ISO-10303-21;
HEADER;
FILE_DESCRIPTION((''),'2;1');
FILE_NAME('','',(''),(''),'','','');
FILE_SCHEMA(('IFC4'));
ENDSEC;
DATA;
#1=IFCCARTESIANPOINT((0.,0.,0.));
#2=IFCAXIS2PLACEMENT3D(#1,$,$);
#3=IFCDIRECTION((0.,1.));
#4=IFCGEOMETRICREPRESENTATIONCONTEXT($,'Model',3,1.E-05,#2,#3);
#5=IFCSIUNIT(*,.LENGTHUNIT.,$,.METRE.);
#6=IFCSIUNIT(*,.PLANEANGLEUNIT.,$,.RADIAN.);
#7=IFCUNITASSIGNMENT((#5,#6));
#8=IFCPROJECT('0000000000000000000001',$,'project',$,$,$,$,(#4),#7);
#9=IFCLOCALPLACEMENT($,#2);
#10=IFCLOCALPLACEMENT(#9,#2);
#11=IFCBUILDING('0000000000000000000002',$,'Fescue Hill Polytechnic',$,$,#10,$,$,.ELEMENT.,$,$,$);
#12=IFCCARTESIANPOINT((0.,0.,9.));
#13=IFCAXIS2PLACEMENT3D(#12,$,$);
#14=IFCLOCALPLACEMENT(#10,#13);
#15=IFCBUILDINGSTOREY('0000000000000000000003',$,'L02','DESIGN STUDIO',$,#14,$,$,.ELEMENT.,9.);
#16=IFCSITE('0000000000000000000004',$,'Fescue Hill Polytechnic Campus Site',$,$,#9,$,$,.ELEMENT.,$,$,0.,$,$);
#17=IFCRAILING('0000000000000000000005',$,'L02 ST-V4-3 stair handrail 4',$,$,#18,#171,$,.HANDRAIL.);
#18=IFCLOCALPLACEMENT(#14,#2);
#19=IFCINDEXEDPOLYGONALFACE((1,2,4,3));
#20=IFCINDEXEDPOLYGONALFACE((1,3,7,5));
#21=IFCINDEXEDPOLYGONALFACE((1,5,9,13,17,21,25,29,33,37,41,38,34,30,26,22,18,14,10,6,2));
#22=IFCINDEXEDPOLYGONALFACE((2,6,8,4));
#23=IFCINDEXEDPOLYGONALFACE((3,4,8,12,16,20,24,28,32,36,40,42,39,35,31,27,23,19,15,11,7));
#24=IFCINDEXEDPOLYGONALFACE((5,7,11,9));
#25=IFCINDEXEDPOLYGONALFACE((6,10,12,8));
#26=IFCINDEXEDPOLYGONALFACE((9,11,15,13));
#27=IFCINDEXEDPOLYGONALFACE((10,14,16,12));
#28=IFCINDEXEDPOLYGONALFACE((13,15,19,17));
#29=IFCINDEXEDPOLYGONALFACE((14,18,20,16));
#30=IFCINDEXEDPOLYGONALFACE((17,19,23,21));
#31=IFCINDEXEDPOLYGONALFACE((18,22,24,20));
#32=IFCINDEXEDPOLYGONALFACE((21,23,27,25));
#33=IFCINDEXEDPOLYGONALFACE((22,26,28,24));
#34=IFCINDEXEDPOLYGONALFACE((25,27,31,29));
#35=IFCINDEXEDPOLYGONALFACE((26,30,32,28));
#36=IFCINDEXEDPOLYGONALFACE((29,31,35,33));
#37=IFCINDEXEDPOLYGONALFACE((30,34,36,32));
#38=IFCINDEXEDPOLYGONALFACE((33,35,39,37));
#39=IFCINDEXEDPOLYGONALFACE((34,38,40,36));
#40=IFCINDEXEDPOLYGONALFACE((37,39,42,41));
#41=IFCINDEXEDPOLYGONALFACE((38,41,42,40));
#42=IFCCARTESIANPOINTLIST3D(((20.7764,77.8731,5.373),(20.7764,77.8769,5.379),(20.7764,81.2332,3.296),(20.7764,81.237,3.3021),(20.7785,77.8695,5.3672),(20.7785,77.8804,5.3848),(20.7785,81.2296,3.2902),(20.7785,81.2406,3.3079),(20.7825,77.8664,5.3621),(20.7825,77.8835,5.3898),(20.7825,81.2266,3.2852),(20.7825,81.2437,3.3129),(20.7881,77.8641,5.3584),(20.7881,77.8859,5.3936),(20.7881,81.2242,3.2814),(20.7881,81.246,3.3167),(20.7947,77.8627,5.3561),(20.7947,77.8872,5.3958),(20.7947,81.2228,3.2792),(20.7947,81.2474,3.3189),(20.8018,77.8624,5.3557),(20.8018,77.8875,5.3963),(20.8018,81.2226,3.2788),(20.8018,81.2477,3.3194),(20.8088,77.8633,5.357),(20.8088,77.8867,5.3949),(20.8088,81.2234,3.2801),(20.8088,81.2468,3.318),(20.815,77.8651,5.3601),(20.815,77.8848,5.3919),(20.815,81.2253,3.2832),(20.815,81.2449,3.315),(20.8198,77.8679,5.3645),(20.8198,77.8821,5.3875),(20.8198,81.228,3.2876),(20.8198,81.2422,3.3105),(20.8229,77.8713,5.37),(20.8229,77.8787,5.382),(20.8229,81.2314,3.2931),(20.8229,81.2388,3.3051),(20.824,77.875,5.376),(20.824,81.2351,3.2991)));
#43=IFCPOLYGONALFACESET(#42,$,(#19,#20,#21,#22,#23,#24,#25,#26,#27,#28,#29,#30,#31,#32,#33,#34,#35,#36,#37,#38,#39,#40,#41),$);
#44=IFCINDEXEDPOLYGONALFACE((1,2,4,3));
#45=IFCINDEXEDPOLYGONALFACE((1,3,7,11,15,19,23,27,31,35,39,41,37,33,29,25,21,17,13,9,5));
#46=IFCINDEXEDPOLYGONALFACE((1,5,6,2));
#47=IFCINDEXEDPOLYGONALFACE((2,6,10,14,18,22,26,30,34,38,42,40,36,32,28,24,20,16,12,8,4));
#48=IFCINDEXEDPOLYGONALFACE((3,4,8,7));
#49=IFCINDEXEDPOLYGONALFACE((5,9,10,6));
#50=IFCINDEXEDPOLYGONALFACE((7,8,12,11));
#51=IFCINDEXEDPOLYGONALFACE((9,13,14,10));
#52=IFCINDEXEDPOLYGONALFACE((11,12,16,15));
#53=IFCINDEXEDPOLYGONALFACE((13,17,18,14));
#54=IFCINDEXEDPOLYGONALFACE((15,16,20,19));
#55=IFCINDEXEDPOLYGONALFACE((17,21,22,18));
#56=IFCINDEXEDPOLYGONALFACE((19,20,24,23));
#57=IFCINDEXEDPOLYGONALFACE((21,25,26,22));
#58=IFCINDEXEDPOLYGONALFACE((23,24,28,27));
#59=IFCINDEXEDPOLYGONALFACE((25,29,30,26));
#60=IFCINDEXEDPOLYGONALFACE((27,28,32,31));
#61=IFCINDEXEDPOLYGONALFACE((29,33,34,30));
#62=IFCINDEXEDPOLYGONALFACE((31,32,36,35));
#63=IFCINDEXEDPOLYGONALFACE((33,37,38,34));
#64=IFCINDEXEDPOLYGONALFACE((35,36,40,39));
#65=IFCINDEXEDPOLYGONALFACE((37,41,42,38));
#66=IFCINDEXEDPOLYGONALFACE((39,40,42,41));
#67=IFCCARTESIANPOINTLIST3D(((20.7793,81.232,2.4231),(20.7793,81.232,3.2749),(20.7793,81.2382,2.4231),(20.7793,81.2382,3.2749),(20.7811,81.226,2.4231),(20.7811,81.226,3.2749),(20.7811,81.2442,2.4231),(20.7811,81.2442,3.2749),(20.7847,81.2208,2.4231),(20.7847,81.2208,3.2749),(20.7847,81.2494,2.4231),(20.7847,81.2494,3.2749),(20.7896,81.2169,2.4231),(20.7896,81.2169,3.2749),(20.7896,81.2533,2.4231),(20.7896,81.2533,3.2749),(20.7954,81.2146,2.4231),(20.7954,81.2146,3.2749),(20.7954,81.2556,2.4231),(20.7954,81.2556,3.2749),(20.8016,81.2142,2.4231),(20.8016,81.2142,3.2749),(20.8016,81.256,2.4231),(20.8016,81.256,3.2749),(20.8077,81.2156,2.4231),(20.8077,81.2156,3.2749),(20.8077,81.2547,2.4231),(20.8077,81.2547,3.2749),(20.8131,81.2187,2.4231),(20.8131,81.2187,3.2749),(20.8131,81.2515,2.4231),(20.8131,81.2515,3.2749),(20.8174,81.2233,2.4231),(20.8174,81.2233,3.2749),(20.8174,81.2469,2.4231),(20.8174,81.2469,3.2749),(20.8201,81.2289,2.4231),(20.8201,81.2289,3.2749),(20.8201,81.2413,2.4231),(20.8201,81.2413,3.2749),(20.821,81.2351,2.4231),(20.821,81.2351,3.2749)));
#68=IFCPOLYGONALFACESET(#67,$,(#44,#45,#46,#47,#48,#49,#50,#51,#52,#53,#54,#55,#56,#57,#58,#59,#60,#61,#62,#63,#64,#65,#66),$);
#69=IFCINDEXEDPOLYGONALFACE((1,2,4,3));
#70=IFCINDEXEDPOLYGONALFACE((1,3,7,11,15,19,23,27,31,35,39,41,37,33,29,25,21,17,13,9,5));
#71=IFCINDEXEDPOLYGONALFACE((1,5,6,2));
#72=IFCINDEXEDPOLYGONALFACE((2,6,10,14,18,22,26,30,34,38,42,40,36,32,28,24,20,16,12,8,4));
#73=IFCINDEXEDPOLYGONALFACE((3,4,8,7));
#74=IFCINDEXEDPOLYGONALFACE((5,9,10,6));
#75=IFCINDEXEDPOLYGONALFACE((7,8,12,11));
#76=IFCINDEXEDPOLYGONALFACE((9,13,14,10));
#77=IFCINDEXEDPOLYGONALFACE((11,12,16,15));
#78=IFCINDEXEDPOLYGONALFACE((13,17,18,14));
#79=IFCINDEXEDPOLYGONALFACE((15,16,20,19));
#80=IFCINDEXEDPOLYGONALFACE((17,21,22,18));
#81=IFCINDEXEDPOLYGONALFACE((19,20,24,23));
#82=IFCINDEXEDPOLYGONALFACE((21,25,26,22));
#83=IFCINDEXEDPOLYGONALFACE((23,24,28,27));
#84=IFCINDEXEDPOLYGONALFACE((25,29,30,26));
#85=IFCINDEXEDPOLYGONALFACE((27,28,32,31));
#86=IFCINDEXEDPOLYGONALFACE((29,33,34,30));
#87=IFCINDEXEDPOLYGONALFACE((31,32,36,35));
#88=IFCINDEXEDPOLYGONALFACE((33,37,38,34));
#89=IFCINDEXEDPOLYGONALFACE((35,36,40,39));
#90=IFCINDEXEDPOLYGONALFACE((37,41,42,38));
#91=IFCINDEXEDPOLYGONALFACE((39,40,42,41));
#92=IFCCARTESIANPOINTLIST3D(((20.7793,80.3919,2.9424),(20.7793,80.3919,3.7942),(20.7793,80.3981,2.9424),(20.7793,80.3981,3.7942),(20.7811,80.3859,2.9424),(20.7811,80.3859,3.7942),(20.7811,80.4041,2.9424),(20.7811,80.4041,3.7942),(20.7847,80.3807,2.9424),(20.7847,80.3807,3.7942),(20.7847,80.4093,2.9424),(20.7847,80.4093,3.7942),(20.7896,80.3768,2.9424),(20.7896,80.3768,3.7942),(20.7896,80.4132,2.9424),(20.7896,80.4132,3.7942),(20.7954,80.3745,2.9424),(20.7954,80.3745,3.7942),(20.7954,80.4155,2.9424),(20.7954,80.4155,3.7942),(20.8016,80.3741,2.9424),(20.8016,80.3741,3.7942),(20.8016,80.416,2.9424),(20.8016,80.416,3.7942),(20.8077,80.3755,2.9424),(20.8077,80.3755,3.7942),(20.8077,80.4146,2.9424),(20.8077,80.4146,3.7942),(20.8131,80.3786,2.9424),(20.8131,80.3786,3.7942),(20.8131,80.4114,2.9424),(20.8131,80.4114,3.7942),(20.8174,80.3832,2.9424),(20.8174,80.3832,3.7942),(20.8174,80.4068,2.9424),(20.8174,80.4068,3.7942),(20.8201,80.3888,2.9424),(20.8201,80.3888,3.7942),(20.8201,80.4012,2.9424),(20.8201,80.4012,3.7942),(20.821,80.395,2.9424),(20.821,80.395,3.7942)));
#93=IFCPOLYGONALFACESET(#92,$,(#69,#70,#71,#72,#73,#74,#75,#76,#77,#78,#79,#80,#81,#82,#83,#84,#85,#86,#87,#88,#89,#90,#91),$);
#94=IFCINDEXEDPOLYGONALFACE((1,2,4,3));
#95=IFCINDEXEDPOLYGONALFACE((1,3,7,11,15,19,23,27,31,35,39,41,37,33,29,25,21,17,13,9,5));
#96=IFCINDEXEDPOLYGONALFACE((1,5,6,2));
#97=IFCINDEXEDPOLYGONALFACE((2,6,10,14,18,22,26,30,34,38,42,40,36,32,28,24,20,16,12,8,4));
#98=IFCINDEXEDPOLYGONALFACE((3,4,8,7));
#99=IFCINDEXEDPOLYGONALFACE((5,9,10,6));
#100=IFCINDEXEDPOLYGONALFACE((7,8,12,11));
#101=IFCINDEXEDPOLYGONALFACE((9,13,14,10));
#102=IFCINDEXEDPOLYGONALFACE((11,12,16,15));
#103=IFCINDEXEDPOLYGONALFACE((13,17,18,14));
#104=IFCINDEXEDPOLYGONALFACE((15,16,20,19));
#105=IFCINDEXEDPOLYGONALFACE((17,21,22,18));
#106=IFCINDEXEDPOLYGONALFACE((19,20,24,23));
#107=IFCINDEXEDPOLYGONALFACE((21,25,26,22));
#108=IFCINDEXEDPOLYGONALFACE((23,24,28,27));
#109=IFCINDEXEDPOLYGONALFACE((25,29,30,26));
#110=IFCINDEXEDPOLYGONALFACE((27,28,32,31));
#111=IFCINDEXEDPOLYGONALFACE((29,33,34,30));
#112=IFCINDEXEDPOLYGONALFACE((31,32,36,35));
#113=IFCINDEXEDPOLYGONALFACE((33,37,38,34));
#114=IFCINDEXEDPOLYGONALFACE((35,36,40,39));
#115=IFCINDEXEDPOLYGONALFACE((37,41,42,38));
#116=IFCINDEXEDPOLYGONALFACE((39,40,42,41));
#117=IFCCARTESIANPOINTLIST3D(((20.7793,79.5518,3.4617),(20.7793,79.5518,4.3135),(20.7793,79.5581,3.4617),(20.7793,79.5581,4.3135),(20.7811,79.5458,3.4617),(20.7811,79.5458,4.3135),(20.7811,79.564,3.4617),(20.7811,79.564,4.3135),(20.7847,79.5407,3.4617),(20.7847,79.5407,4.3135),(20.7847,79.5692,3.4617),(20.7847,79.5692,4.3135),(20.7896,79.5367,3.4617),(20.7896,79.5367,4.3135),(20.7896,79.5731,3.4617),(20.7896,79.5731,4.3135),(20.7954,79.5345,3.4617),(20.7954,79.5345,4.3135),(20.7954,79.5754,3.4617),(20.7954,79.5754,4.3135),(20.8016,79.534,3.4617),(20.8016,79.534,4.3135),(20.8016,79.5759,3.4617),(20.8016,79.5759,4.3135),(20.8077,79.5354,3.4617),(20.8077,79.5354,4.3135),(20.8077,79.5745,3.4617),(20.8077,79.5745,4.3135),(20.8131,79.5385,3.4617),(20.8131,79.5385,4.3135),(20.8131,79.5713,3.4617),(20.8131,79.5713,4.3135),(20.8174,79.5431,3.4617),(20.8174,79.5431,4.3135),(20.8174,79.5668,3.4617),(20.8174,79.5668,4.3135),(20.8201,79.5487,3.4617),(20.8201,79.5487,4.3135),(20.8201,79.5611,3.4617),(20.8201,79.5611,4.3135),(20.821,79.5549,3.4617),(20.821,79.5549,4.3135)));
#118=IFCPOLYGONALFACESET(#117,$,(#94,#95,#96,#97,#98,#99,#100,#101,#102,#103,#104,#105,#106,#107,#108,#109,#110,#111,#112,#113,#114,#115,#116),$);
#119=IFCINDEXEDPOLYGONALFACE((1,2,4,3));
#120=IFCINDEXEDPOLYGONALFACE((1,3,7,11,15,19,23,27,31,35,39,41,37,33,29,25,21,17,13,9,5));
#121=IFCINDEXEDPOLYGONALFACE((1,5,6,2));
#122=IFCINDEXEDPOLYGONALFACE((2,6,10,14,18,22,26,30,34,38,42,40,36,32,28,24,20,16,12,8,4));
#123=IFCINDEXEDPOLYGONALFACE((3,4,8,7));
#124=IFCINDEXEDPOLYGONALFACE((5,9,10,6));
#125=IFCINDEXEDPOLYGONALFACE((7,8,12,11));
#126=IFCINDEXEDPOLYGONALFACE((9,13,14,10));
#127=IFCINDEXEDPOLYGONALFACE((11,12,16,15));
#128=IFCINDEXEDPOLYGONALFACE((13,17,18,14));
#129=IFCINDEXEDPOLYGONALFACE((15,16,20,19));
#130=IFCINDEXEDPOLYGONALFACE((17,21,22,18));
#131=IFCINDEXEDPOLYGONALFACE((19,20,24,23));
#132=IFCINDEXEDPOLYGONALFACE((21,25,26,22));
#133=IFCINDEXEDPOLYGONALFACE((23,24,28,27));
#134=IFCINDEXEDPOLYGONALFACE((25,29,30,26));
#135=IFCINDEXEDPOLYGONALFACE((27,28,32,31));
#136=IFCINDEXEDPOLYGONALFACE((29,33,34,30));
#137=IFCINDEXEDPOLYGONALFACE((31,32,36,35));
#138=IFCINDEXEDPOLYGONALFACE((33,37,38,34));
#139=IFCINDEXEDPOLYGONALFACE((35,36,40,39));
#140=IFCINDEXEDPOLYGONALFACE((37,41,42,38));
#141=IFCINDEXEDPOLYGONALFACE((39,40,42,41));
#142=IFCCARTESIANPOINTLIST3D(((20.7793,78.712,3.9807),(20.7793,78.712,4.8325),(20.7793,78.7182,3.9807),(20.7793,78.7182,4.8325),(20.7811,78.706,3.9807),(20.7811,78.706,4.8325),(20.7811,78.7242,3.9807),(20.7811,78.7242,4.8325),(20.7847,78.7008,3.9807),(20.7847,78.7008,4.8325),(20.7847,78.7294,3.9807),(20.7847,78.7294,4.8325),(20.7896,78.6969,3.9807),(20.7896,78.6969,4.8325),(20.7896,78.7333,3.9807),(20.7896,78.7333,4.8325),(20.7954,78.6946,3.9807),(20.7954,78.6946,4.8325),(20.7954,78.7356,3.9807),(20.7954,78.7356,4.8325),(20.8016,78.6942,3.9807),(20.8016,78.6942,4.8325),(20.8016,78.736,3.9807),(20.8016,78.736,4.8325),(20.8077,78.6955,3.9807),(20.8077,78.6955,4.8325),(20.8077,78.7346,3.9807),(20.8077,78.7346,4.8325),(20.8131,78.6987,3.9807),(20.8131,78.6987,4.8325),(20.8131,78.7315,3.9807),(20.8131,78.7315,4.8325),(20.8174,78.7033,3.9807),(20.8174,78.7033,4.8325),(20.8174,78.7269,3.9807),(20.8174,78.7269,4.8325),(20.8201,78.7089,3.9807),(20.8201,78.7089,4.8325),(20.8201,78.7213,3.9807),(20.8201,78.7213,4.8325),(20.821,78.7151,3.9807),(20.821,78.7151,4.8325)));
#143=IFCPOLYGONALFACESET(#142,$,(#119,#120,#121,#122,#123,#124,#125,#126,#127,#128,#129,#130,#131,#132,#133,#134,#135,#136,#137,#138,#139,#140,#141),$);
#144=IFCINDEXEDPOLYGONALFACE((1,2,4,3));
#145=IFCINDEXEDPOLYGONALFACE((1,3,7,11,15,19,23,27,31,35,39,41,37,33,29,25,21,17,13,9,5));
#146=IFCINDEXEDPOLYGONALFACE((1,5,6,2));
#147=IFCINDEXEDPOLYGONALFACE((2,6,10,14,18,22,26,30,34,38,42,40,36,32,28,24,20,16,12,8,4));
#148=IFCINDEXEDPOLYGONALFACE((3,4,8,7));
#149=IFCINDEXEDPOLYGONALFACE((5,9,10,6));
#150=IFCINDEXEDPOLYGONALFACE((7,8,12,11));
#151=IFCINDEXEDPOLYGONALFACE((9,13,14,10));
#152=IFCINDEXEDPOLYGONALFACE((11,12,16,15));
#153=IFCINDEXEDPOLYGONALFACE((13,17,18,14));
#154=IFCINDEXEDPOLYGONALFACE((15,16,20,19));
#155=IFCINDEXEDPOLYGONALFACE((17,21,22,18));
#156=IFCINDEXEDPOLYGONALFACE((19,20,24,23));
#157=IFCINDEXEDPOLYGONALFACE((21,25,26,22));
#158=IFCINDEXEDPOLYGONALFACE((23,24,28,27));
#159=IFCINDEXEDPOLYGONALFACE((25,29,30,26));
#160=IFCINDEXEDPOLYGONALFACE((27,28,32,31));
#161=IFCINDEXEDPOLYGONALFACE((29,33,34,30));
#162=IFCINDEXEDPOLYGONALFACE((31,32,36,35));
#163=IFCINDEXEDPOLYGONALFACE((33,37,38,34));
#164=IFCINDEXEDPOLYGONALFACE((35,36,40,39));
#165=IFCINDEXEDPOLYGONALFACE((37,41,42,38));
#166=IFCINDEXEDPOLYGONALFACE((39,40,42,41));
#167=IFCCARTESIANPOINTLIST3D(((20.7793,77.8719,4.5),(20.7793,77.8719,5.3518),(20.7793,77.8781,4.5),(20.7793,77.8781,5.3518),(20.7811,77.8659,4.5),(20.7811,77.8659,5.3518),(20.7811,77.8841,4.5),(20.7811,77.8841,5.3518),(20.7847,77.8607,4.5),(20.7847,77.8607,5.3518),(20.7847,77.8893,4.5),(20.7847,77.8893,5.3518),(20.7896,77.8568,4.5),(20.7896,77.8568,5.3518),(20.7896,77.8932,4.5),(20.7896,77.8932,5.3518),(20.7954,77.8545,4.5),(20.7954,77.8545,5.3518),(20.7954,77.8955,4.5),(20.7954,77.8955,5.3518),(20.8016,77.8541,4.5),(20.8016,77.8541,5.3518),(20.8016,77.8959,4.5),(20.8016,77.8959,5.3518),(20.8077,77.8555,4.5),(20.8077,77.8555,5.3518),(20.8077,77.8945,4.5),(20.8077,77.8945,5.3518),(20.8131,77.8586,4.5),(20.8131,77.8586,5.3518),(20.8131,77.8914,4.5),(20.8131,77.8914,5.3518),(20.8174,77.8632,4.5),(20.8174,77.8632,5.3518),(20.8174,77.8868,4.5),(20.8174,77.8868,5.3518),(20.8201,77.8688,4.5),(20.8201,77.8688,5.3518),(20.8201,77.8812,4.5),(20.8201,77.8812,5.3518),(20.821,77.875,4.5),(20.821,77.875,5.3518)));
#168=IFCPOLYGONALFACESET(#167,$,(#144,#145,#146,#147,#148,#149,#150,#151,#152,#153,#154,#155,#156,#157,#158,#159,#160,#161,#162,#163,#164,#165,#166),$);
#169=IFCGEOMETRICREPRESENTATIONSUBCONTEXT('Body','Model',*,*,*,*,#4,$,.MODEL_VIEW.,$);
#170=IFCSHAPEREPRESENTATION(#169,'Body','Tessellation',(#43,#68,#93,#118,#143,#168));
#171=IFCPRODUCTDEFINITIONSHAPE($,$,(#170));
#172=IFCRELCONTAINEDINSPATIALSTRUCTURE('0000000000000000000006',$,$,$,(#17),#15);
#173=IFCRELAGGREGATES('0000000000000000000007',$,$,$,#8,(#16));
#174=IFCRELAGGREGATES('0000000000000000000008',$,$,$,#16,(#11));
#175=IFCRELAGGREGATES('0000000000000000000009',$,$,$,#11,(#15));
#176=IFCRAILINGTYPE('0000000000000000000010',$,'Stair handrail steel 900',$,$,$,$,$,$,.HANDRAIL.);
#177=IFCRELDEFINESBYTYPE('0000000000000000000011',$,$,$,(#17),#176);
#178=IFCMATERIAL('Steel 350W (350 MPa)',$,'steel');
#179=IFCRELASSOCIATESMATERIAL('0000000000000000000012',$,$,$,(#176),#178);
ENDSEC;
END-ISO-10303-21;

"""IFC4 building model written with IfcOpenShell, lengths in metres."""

from ifc_helpers import new_model, si_unit, direction, frame, origin, origin_2d, place, context, subcontext, project, spatial, circle, extrude, material, type_object, element, save


model = new_model("IFC4")

# Units and contexts
model_context = context("Model", 3, precision=1e-05, world=origin(), true_north=direction((0.0, 1.0)))
body_context = subcontext(model_context, "Body", "Model", "MODEL_VIEW")
ifc_project = project(units=[si_unit("LENGTHUNIT", "METRE"), si_unit("PLANEANGLEUNIT", "RADIAN")], contexts=[model_context])

# Site, building, storey
site_placement = place(None, origin())
site = spatial("IfcSite", under=ifc_project, at=site_placement, Name="Fescue Hill Polytechnic Campus Site", CompositionType="ELEMENT", RefElevation=0.0)
building_placement = place(site_placement, origin())
building = spatial("IfcBuilding", under=site, at=building_placement, Name="Fescue Hill Polytechnic", CompositionType="ELEMENT")
storey_placement = place(building_placement, frame((0.0, 0.0, 9.0)))
storey = spatial("IfcBuildingStorey", under=building, at=storey_placement, Name="L02", Description="DESIGN STUDIO", CompositionType="ELEMENT", Elevation=9.0)

# Railing
ifc_material_1 = material(Name="Steel 350W (350 MPa)", Category="steel")
railing_type_1 = type_object("IfcRailingType", Name="Stair handrail steel 900", PredefinedType="HANDRAIL", material=ifc_material_1)
railing_1_placement = place(storey_placement, frame((20.8, 81.2351, 2.4231)))
element("IfcRailing", 1, at=railing_1_placement, inside=storey, type_object=railing_type_1, Name="L02 ST-V4-3 stair handrail 4", PredefinedType="HANDRAIL", context=body_context, shape_type="SweptSolid", body=[
    extrude(circle(Radius=0.0239, at=origin_2d()), frame((0.0, 0.0, 0.876), z_axis=(0.0, -0.850623, 0.525776), x_axis=(1.0, 0.0, 0.0)), (0.0, 0.0, 1.0), 3.9502),
    extrude(circle(Radius=0.021, at=origin_2d()), origin(), (0.0, 0.0, 1.0), 0.8518),
    extrude(circle(Radius=0.021, at=origin_2d()), frame((0.0, -0.8401, 0.5193)), (0.0, 0.0, 1.0), 0.8518),
    extrude(circle(Radius=0.021, at=origin_2d()), frame((0.0, -1.6802, 1.0386)), (0.0, 0.0, 1.0), 0.8518),
    extrude(circle(Radius=0.021, at=origin_2d()), frame((0.0, -2.52, 1.5576)), (0.0, 0.0, 1.0), 0.8518),
    extrude(circle(Radius=0.021, at=origin_2d()), frame((0.0, -3.3601, 2.0769)), (0.0, 0.0, 1.0), 0.8518),
])

save(model, "model.ifc")
